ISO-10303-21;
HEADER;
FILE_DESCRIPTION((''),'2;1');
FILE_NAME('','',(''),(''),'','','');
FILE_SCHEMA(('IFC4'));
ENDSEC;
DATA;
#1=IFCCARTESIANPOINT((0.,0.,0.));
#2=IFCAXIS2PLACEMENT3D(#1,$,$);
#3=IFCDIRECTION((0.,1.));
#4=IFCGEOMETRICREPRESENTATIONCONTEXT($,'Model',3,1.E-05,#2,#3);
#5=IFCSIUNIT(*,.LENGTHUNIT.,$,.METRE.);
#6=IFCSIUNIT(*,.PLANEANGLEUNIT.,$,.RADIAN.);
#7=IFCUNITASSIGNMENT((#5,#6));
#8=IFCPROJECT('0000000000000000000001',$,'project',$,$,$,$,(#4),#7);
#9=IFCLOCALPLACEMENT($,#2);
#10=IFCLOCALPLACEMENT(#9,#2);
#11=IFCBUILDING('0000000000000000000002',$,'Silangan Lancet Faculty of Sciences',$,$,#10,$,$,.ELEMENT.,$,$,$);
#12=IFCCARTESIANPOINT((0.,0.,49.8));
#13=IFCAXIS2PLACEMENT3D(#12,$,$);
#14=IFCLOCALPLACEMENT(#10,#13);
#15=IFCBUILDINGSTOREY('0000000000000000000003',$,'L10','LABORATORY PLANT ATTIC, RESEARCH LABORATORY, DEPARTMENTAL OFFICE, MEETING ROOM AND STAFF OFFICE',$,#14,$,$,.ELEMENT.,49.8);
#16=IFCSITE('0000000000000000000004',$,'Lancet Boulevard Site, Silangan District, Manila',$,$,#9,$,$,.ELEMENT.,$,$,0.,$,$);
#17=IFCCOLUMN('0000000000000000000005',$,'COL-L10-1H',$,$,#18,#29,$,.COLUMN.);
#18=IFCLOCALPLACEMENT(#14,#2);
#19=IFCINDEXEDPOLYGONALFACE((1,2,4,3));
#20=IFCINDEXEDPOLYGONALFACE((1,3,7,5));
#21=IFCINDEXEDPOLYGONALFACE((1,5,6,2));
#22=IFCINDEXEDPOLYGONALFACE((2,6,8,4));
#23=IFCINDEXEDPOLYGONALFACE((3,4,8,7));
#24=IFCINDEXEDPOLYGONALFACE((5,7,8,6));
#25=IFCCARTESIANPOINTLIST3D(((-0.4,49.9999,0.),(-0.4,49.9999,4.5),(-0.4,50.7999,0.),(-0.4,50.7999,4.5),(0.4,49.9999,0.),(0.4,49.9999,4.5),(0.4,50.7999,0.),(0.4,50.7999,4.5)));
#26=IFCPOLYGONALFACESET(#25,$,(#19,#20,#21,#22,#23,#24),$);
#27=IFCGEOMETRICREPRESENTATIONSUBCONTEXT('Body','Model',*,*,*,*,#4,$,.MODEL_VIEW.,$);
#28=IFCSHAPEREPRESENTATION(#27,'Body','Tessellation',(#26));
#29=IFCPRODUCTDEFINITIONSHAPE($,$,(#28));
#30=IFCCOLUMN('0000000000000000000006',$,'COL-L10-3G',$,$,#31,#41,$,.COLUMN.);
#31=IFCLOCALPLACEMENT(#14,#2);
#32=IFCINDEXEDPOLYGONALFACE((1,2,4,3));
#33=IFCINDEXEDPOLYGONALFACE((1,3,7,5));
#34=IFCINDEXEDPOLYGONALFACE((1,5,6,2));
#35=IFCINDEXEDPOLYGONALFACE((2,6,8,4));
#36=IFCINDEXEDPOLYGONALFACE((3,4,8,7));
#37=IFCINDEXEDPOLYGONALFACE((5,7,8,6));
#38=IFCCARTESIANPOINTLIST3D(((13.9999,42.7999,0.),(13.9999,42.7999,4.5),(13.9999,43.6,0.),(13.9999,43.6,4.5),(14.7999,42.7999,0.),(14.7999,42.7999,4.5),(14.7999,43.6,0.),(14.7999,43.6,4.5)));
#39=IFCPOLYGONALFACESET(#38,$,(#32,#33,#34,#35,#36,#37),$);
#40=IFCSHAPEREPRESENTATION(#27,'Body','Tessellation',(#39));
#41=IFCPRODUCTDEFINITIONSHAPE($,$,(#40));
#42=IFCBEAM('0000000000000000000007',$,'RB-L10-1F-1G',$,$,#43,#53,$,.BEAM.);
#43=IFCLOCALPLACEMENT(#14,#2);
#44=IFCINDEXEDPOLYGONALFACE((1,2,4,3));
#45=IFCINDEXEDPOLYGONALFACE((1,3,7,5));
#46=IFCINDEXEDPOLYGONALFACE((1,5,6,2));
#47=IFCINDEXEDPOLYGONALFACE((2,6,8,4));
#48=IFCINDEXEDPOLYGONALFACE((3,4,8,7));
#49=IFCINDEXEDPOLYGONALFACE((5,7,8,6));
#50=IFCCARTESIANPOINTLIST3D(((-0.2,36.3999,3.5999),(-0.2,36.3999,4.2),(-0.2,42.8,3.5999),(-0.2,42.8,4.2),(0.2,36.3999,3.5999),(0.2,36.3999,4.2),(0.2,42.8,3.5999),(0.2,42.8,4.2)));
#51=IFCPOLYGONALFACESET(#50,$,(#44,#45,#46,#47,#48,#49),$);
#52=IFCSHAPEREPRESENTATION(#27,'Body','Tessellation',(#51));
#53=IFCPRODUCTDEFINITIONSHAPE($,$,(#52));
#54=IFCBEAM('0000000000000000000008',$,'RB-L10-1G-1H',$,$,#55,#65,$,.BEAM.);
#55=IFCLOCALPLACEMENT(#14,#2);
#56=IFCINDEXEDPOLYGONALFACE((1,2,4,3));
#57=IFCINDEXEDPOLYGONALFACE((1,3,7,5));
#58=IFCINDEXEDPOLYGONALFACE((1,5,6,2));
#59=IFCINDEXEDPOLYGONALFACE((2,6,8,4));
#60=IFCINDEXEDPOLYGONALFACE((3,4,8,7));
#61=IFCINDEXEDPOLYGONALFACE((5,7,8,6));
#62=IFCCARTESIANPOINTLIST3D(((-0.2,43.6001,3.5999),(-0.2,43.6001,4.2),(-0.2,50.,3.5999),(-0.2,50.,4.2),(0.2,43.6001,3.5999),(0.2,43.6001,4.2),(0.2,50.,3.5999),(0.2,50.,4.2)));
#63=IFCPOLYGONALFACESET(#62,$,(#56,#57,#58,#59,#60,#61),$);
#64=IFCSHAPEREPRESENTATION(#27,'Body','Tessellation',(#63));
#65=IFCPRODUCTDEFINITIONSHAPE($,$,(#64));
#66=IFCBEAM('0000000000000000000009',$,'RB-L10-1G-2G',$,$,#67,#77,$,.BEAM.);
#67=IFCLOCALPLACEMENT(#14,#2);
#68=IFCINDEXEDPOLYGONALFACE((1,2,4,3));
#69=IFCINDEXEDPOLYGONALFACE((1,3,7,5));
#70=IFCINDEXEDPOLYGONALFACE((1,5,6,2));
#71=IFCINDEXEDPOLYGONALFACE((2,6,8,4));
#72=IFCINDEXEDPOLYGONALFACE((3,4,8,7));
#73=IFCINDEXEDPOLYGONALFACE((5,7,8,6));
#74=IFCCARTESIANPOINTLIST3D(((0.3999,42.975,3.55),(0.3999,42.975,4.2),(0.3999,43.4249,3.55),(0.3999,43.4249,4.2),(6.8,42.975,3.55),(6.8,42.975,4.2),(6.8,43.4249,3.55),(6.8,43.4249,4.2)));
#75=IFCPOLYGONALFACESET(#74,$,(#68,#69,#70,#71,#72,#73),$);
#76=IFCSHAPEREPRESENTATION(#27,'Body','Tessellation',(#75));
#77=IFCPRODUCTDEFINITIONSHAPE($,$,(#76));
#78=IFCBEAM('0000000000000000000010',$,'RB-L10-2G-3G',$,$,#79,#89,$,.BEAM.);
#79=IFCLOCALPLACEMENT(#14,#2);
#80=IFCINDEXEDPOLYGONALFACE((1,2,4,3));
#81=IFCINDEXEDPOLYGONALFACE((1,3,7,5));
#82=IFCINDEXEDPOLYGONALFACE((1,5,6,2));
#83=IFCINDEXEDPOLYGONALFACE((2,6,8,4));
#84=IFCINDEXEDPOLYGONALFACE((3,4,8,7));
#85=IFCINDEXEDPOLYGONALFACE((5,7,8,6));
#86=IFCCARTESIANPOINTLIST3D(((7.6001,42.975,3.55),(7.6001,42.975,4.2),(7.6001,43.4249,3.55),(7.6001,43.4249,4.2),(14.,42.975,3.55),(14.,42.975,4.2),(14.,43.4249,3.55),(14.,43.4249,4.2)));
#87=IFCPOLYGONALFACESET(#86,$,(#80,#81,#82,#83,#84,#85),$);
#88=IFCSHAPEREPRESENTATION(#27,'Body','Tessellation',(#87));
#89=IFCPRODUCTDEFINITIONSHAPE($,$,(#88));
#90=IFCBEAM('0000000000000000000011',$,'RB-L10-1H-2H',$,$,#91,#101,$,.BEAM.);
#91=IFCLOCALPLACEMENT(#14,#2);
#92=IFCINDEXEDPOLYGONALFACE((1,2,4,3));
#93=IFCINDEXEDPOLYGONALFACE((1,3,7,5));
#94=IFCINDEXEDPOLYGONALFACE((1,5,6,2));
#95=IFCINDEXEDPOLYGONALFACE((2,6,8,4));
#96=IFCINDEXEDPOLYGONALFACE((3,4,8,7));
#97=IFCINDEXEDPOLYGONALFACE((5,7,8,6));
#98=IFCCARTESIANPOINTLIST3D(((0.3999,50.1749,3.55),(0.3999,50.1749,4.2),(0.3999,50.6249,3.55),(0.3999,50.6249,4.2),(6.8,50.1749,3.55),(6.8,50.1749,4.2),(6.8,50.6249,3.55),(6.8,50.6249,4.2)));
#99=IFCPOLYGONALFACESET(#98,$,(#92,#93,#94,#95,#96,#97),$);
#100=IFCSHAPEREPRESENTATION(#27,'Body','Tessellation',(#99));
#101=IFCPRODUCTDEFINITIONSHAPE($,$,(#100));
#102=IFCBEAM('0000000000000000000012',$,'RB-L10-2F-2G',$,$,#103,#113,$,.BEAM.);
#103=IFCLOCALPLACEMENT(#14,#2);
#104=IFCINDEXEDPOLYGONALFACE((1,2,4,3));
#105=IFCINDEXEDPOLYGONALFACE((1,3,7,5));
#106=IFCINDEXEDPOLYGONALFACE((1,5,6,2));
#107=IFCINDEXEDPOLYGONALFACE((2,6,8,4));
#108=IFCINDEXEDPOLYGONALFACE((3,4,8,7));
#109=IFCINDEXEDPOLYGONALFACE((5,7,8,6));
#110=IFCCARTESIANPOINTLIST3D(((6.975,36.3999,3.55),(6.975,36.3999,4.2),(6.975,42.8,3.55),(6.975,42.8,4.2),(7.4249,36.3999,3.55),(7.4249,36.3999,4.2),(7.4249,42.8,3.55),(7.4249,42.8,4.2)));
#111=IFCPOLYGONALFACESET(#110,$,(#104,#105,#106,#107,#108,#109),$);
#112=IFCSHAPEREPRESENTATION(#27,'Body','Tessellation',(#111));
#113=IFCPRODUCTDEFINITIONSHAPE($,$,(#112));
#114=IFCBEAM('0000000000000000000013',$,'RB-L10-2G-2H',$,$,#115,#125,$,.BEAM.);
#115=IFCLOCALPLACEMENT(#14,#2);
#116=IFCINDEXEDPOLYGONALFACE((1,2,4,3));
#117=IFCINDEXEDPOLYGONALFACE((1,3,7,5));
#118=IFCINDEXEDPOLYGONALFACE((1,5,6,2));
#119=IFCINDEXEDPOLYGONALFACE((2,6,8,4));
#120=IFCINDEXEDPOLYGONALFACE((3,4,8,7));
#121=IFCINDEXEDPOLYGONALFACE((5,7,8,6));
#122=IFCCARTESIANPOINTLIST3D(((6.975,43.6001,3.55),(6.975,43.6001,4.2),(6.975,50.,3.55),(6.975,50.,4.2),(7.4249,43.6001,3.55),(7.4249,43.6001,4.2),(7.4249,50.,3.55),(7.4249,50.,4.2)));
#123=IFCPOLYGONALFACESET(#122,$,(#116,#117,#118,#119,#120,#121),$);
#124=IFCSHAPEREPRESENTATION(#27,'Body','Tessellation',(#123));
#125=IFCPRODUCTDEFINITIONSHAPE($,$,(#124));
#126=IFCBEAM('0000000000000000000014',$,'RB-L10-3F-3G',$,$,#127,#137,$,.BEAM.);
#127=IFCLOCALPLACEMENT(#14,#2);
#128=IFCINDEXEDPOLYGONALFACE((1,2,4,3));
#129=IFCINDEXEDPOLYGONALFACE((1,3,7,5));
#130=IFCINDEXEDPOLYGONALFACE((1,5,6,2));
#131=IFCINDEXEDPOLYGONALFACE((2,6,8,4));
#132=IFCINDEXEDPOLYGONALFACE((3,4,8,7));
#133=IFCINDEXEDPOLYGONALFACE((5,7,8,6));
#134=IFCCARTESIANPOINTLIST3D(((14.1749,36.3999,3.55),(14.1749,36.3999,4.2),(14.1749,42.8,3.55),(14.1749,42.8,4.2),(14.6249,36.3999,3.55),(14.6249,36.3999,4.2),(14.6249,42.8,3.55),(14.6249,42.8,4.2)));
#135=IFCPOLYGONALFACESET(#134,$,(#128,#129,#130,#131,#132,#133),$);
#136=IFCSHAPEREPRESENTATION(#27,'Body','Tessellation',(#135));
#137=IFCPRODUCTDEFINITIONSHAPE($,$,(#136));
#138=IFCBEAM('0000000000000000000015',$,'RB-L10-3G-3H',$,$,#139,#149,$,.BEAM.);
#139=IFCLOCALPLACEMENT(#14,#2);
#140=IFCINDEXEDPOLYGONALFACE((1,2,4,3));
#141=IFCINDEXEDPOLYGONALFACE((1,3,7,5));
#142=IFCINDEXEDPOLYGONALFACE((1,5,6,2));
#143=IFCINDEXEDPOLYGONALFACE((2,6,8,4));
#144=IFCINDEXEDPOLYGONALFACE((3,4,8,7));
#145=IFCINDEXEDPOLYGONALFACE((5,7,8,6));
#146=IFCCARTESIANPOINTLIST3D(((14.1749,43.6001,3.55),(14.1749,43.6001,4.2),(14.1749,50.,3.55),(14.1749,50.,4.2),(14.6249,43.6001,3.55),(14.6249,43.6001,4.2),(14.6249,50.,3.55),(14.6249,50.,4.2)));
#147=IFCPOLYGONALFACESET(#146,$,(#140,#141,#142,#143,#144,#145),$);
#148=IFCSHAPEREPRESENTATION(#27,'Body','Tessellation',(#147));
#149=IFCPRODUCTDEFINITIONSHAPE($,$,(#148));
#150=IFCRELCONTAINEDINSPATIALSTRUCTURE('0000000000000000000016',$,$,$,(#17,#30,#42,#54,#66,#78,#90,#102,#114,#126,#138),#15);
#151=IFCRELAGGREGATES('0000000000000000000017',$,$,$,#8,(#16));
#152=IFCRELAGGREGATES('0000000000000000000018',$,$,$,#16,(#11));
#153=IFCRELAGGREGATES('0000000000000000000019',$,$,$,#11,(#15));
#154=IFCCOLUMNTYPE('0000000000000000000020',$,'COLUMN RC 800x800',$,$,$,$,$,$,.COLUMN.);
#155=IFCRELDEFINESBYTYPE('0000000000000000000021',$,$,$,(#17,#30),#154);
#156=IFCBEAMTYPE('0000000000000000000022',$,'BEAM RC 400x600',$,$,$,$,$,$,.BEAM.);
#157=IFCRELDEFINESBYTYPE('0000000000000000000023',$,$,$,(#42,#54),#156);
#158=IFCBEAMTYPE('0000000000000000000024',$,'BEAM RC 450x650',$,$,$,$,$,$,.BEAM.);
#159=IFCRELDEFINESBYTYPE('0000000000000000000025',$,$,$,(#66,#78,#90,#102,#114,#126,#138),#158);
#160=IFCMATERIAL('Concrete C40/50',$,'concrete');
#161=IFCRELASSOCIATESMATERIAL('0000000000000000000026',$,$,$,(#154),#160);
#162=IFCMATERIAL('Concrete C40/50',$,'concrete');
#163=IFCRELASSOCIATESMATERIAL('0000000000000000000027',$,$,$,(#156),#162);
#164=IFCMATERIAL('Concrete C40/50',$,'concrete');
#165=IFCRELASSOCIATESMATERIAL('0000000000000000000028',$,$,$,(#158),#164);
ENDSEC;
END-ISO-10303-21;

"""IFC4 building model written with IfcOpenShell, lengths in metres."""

from ifc_helpers import new_model, si_unit, direction, frame, origin, origin_2d, place, context, subcontext, project, spatial, rectangle, extrude, material, material_profile, profile_set, type_object, element, save


model = new_model("IFC4")

# Units and contexts
model_context = context("Model", 3, precision=1e-05, world=origin(), true_north=direction((0.0, 1.0)))
body_context = subcontext(model_context, "Body", "Model", "MODEL_VIEW")
ifc_project = project(units=[si_unit("LENGTHUNIT", "METRE"), si_unit("PLANEANGLEUNIT", "RADIAN")], contexts=[model_context])

# Site, building, storey
site_placement = place(None, origin())
site = spatial("IfcSite", under=ifc_project, at=site_placement, Name="Lancet Boulevard Site, Silangan District, Manila", CompositionType="ELEMENT", RefElevation=0.0)
building_placement = place(site_placement, origin())
building = spatial("IfcBuilding", under=site, at=building_placement, Name="Silangan Lancet Faculty of Sciences", CompositionType="ELEMENT")
storey_placement = place(building_placement, frame((0.0, 0.0, 49.8)))
storey = spatial("IfcBuildingStorey", under=building, at=storey_placement, Name="L10", Description="LABORATORY PLANT ATTIC, RESEARCH LABORATORY, DEPARTMENTAL OFFICE, MEETING ROOM AND STAFF OFFICE", CompositionType="ELEMENT", Elevation=49.8)

# Columns
ifc_material_1 = material(Name="Concrete C40/50", Category="concrete")
ifc_material_profile_1 = material_profile(ifc_material_1, rectangle(XDim=0.8, YDim=0.8, at=origin_2d()), Name="RC 800x800")
ifc_profile_set_1 = profile_set([ifc_material_profile_1], Name="Concrete C40/50")
column_type = type_object("IfcColumnType", Name="COLUMN RC 800x800", PredefinedType="COLUMN", material=ifc_profile_set_1)
for number, where, z_axis, x_axis, name in (
    (1, (0.0, 50.3999, 0.0), (0.0, 0.0, 1.0), (1.0, 0.0, 0.0), "COL-L10-1H"),
    (2, (14.3999, 43.2, 0.0), (0.0, 0.0, 1.0), (1.0, 0.0, 0.0), "COL-L10-3G"),
):
    element("IfcColumn", number, at=place(storey_placement, frame(where, z_axis=z_axis, x_axis=x_axis)), inside=storey, type_object=column_type, Name=name, PredefinedType="COLUMN", context=body_context, shape_type="SweptSolid", body=[
        extrude(rectangle(XDim=0.8, YDim=0.8, at=origin_2d()), origin(), (0.0, 0.0, 1.0), 4.5),
    ])

# Beams
ifc_material_2 = material(Name="Concrete C40/50", Category="concrete")
ifc_material_profile_2 = material_profile(ifc_material_2, rectangle(XDim=0.3999, YDim=0.6001, at=origin_2d()), Name="RC 400x600")
ifc_profile_set_2 = profile_set([ifc_material_profile_2], Name="Concrete C40/50")
beam_type_1 = type_object("IfcBeamType", Name="BEAM RC 400x600", PredefinedType="BEAM", material=ifc_profile_set_2)
beam_1_placement = place(storey_placement, frame((0.0, 36.3999, 3.8999), z_axis=(0.0, 1.0, 0.0), x_axis=(-1.0, 0.0, 0.0)))
element("IfcBeam", 3, at=beam_1_placement, inside=storey, type_object=beam_type_1, Name="RB-L10-1F-1G", PredefinedType="BEAM", context=body_context, shape_type="SweptSolid", body=[
    extrude(rectangle(XDim=0.3999, YDim=0.6001, at=origin_2d()), origin(), (0.0, 0.0, 1.0), 6.4001),
])
beam_2_placement = place(storey_placement, frame((0.0, 43.6001, 3.8999), z_axis=(0.0, 1.0, 0.0), x_axis=(-1.0, 0.0, 0.0)))
element("IfcBeam", 4, at=beam_2_placement, inside=storey, type_object=beam_type_1, Name="RB-L10-1G-1H", PredefinedType="BEAM", context=body_context, shape_type="SweptSolid", body=[
    extrude(rectangle(XDim=0.3999, YDim=0.6001, at=origin_2d()), origin(), (0.0, 0.0, 1.0), 6.3999),
])
ifc_material_3 = material(Name="Concrete C40/50", Category="concrete")
ifc_material_profile_3 = material_profile(ifc_material_3, rectangle(XDim=0.45, YDim=0.6499, at=origin_2d()), Name="RC 450x650")
ifc_profile_set_3 = profile_set([ifc_material_profile_3], Name="Concrete C40/50")
beam_type_2 = type_object("IfcBeamType", Name="BEAM RC 450x650", PredefinedType="BEAM", material=ifc_profile_set_3)
beam_3_placement = place(storey_placement, frame((0.3999, 43.2, 3.875), z_axis=(1.0, 0.0, 0.0), x_axis=(0.0, 1.0, 0.0)))
element("IfcBeam", 5, at=beam_3_placement, inside=storey, type_object=beam_type_2, Name="RB-L10-1G-2G", PredefinedType="BEAM", context=body_context, shape_type="SweptSolid", body=[
    extrude(rectangle(XDim=0.45, YDim=0.6499, at=origin_2d()), origin(), (0.0, 0.0, 1.0), 6.4001),
])
beam_4_placement = place(storey_placement, frame((7.6001, 43.2, 3.875), z_axis=(1.0, 0.0, 0.0), x_axis=(0.0, 1.0, 0.0)))
element("IfcBeam", 6, at=beam_4_placement, inside=storey, type_object=beam_type_2, Name="RB-L10-2G-3G", PredefinedType="BEAM", context=body_context, shape_type="SweptSolid", body=[
    extrude(rectangle(XDim=0.45, YDim=0.6499, at=origin_2d()), origin(), (0.0, 0.0, 1.0), 6.3999),
])
for number, where, z_axis, x_axis, name in (
    (7, (0.3999, 50.3999, 3.875), (1.0, 0.0, 0.0), (0.0, 1.0, 0.0), "RB-L10-1H-2H"),
    (8, (7.2, 36.3999, 3.875), (0.0, 1.0, 0.0), (-1.0, 0.0, 0.0), "RB-L10-2F-2G"),
):
    element("IfcBeam", number, at=place(storey_placement, frame(where, z_axis=z_axis, x_axis=x_axis)), inside=storey, type_object=beam_type_2, Name=name, PredefinedType="BEAM", context=body_context, shape_type="SweptSolid", body=[
        extrude(rectangle(XDim=0.45, YDim=0.6499, at=origin_2d()), origin(), (0.0, 0.0, 1.0), 6.4001),
    ])
beam_5_placement = place(storey_placement, frame((7.2, 43.6001, 3.875), z_axis=(0.0, 1.0, 0.0), x_axis=(-1.0, 0.0, 0.0)))
element("IfcBeam", 9, at=beam_5_placement, inside=storey, type_object=beam_type_2, Name="RB-L10-2G-2H", PredefinedType="BEAM", context=body_context, shape_type="SweptSolid", body=[
    extrude(rectangle(XDim=0.45, YDim=0.6499, at=origin_2d()), origin(), (0.0, 0.0, 1.0), 6.3999),
])
beam_6_placement = place(storey_placement, frame((14.3999, 36.3999, 3.875), z_axis=(0.0, 1.0, 0.0), x_axis=(-1.0, 0.0, 0.0)))
element("IfcBeam", 10, at=beam_6_placement, inside=storey, type_object=beam_type_2, Name="RB-L10-3F-3G", PredefinedType="BEAM", context=body_context, shape_type="SweptSolid", body=[
    extrude(rectangle(XDim=0.45, YDim=0.6499, at=origin_2d()), origin(), (0.0, 0.0, 1.0), 6.4001),
])
beam_7_placement = place(storey_placement, frame((14.3999, 43.6001, 3.875), z_axis=(0.0, 1.0, 0.0), x_axis=(-1.0, 0.0, 0.0)))
element("IfcBeam", 11, at=beam_7_placement, inside=storey, type_object=beam_type_2, Name="RB-L10-3G-3H", PredefinedType="BEAM", context=body_context, shape_type="SweptSolid", body=[
    extrude(rectangle(XDim=0.45, YDim=0.6499, at=origin_2d()), origin(), (0.0, 0.0, 1.0), 6.3999),
])

save(model, "model.ifc")
